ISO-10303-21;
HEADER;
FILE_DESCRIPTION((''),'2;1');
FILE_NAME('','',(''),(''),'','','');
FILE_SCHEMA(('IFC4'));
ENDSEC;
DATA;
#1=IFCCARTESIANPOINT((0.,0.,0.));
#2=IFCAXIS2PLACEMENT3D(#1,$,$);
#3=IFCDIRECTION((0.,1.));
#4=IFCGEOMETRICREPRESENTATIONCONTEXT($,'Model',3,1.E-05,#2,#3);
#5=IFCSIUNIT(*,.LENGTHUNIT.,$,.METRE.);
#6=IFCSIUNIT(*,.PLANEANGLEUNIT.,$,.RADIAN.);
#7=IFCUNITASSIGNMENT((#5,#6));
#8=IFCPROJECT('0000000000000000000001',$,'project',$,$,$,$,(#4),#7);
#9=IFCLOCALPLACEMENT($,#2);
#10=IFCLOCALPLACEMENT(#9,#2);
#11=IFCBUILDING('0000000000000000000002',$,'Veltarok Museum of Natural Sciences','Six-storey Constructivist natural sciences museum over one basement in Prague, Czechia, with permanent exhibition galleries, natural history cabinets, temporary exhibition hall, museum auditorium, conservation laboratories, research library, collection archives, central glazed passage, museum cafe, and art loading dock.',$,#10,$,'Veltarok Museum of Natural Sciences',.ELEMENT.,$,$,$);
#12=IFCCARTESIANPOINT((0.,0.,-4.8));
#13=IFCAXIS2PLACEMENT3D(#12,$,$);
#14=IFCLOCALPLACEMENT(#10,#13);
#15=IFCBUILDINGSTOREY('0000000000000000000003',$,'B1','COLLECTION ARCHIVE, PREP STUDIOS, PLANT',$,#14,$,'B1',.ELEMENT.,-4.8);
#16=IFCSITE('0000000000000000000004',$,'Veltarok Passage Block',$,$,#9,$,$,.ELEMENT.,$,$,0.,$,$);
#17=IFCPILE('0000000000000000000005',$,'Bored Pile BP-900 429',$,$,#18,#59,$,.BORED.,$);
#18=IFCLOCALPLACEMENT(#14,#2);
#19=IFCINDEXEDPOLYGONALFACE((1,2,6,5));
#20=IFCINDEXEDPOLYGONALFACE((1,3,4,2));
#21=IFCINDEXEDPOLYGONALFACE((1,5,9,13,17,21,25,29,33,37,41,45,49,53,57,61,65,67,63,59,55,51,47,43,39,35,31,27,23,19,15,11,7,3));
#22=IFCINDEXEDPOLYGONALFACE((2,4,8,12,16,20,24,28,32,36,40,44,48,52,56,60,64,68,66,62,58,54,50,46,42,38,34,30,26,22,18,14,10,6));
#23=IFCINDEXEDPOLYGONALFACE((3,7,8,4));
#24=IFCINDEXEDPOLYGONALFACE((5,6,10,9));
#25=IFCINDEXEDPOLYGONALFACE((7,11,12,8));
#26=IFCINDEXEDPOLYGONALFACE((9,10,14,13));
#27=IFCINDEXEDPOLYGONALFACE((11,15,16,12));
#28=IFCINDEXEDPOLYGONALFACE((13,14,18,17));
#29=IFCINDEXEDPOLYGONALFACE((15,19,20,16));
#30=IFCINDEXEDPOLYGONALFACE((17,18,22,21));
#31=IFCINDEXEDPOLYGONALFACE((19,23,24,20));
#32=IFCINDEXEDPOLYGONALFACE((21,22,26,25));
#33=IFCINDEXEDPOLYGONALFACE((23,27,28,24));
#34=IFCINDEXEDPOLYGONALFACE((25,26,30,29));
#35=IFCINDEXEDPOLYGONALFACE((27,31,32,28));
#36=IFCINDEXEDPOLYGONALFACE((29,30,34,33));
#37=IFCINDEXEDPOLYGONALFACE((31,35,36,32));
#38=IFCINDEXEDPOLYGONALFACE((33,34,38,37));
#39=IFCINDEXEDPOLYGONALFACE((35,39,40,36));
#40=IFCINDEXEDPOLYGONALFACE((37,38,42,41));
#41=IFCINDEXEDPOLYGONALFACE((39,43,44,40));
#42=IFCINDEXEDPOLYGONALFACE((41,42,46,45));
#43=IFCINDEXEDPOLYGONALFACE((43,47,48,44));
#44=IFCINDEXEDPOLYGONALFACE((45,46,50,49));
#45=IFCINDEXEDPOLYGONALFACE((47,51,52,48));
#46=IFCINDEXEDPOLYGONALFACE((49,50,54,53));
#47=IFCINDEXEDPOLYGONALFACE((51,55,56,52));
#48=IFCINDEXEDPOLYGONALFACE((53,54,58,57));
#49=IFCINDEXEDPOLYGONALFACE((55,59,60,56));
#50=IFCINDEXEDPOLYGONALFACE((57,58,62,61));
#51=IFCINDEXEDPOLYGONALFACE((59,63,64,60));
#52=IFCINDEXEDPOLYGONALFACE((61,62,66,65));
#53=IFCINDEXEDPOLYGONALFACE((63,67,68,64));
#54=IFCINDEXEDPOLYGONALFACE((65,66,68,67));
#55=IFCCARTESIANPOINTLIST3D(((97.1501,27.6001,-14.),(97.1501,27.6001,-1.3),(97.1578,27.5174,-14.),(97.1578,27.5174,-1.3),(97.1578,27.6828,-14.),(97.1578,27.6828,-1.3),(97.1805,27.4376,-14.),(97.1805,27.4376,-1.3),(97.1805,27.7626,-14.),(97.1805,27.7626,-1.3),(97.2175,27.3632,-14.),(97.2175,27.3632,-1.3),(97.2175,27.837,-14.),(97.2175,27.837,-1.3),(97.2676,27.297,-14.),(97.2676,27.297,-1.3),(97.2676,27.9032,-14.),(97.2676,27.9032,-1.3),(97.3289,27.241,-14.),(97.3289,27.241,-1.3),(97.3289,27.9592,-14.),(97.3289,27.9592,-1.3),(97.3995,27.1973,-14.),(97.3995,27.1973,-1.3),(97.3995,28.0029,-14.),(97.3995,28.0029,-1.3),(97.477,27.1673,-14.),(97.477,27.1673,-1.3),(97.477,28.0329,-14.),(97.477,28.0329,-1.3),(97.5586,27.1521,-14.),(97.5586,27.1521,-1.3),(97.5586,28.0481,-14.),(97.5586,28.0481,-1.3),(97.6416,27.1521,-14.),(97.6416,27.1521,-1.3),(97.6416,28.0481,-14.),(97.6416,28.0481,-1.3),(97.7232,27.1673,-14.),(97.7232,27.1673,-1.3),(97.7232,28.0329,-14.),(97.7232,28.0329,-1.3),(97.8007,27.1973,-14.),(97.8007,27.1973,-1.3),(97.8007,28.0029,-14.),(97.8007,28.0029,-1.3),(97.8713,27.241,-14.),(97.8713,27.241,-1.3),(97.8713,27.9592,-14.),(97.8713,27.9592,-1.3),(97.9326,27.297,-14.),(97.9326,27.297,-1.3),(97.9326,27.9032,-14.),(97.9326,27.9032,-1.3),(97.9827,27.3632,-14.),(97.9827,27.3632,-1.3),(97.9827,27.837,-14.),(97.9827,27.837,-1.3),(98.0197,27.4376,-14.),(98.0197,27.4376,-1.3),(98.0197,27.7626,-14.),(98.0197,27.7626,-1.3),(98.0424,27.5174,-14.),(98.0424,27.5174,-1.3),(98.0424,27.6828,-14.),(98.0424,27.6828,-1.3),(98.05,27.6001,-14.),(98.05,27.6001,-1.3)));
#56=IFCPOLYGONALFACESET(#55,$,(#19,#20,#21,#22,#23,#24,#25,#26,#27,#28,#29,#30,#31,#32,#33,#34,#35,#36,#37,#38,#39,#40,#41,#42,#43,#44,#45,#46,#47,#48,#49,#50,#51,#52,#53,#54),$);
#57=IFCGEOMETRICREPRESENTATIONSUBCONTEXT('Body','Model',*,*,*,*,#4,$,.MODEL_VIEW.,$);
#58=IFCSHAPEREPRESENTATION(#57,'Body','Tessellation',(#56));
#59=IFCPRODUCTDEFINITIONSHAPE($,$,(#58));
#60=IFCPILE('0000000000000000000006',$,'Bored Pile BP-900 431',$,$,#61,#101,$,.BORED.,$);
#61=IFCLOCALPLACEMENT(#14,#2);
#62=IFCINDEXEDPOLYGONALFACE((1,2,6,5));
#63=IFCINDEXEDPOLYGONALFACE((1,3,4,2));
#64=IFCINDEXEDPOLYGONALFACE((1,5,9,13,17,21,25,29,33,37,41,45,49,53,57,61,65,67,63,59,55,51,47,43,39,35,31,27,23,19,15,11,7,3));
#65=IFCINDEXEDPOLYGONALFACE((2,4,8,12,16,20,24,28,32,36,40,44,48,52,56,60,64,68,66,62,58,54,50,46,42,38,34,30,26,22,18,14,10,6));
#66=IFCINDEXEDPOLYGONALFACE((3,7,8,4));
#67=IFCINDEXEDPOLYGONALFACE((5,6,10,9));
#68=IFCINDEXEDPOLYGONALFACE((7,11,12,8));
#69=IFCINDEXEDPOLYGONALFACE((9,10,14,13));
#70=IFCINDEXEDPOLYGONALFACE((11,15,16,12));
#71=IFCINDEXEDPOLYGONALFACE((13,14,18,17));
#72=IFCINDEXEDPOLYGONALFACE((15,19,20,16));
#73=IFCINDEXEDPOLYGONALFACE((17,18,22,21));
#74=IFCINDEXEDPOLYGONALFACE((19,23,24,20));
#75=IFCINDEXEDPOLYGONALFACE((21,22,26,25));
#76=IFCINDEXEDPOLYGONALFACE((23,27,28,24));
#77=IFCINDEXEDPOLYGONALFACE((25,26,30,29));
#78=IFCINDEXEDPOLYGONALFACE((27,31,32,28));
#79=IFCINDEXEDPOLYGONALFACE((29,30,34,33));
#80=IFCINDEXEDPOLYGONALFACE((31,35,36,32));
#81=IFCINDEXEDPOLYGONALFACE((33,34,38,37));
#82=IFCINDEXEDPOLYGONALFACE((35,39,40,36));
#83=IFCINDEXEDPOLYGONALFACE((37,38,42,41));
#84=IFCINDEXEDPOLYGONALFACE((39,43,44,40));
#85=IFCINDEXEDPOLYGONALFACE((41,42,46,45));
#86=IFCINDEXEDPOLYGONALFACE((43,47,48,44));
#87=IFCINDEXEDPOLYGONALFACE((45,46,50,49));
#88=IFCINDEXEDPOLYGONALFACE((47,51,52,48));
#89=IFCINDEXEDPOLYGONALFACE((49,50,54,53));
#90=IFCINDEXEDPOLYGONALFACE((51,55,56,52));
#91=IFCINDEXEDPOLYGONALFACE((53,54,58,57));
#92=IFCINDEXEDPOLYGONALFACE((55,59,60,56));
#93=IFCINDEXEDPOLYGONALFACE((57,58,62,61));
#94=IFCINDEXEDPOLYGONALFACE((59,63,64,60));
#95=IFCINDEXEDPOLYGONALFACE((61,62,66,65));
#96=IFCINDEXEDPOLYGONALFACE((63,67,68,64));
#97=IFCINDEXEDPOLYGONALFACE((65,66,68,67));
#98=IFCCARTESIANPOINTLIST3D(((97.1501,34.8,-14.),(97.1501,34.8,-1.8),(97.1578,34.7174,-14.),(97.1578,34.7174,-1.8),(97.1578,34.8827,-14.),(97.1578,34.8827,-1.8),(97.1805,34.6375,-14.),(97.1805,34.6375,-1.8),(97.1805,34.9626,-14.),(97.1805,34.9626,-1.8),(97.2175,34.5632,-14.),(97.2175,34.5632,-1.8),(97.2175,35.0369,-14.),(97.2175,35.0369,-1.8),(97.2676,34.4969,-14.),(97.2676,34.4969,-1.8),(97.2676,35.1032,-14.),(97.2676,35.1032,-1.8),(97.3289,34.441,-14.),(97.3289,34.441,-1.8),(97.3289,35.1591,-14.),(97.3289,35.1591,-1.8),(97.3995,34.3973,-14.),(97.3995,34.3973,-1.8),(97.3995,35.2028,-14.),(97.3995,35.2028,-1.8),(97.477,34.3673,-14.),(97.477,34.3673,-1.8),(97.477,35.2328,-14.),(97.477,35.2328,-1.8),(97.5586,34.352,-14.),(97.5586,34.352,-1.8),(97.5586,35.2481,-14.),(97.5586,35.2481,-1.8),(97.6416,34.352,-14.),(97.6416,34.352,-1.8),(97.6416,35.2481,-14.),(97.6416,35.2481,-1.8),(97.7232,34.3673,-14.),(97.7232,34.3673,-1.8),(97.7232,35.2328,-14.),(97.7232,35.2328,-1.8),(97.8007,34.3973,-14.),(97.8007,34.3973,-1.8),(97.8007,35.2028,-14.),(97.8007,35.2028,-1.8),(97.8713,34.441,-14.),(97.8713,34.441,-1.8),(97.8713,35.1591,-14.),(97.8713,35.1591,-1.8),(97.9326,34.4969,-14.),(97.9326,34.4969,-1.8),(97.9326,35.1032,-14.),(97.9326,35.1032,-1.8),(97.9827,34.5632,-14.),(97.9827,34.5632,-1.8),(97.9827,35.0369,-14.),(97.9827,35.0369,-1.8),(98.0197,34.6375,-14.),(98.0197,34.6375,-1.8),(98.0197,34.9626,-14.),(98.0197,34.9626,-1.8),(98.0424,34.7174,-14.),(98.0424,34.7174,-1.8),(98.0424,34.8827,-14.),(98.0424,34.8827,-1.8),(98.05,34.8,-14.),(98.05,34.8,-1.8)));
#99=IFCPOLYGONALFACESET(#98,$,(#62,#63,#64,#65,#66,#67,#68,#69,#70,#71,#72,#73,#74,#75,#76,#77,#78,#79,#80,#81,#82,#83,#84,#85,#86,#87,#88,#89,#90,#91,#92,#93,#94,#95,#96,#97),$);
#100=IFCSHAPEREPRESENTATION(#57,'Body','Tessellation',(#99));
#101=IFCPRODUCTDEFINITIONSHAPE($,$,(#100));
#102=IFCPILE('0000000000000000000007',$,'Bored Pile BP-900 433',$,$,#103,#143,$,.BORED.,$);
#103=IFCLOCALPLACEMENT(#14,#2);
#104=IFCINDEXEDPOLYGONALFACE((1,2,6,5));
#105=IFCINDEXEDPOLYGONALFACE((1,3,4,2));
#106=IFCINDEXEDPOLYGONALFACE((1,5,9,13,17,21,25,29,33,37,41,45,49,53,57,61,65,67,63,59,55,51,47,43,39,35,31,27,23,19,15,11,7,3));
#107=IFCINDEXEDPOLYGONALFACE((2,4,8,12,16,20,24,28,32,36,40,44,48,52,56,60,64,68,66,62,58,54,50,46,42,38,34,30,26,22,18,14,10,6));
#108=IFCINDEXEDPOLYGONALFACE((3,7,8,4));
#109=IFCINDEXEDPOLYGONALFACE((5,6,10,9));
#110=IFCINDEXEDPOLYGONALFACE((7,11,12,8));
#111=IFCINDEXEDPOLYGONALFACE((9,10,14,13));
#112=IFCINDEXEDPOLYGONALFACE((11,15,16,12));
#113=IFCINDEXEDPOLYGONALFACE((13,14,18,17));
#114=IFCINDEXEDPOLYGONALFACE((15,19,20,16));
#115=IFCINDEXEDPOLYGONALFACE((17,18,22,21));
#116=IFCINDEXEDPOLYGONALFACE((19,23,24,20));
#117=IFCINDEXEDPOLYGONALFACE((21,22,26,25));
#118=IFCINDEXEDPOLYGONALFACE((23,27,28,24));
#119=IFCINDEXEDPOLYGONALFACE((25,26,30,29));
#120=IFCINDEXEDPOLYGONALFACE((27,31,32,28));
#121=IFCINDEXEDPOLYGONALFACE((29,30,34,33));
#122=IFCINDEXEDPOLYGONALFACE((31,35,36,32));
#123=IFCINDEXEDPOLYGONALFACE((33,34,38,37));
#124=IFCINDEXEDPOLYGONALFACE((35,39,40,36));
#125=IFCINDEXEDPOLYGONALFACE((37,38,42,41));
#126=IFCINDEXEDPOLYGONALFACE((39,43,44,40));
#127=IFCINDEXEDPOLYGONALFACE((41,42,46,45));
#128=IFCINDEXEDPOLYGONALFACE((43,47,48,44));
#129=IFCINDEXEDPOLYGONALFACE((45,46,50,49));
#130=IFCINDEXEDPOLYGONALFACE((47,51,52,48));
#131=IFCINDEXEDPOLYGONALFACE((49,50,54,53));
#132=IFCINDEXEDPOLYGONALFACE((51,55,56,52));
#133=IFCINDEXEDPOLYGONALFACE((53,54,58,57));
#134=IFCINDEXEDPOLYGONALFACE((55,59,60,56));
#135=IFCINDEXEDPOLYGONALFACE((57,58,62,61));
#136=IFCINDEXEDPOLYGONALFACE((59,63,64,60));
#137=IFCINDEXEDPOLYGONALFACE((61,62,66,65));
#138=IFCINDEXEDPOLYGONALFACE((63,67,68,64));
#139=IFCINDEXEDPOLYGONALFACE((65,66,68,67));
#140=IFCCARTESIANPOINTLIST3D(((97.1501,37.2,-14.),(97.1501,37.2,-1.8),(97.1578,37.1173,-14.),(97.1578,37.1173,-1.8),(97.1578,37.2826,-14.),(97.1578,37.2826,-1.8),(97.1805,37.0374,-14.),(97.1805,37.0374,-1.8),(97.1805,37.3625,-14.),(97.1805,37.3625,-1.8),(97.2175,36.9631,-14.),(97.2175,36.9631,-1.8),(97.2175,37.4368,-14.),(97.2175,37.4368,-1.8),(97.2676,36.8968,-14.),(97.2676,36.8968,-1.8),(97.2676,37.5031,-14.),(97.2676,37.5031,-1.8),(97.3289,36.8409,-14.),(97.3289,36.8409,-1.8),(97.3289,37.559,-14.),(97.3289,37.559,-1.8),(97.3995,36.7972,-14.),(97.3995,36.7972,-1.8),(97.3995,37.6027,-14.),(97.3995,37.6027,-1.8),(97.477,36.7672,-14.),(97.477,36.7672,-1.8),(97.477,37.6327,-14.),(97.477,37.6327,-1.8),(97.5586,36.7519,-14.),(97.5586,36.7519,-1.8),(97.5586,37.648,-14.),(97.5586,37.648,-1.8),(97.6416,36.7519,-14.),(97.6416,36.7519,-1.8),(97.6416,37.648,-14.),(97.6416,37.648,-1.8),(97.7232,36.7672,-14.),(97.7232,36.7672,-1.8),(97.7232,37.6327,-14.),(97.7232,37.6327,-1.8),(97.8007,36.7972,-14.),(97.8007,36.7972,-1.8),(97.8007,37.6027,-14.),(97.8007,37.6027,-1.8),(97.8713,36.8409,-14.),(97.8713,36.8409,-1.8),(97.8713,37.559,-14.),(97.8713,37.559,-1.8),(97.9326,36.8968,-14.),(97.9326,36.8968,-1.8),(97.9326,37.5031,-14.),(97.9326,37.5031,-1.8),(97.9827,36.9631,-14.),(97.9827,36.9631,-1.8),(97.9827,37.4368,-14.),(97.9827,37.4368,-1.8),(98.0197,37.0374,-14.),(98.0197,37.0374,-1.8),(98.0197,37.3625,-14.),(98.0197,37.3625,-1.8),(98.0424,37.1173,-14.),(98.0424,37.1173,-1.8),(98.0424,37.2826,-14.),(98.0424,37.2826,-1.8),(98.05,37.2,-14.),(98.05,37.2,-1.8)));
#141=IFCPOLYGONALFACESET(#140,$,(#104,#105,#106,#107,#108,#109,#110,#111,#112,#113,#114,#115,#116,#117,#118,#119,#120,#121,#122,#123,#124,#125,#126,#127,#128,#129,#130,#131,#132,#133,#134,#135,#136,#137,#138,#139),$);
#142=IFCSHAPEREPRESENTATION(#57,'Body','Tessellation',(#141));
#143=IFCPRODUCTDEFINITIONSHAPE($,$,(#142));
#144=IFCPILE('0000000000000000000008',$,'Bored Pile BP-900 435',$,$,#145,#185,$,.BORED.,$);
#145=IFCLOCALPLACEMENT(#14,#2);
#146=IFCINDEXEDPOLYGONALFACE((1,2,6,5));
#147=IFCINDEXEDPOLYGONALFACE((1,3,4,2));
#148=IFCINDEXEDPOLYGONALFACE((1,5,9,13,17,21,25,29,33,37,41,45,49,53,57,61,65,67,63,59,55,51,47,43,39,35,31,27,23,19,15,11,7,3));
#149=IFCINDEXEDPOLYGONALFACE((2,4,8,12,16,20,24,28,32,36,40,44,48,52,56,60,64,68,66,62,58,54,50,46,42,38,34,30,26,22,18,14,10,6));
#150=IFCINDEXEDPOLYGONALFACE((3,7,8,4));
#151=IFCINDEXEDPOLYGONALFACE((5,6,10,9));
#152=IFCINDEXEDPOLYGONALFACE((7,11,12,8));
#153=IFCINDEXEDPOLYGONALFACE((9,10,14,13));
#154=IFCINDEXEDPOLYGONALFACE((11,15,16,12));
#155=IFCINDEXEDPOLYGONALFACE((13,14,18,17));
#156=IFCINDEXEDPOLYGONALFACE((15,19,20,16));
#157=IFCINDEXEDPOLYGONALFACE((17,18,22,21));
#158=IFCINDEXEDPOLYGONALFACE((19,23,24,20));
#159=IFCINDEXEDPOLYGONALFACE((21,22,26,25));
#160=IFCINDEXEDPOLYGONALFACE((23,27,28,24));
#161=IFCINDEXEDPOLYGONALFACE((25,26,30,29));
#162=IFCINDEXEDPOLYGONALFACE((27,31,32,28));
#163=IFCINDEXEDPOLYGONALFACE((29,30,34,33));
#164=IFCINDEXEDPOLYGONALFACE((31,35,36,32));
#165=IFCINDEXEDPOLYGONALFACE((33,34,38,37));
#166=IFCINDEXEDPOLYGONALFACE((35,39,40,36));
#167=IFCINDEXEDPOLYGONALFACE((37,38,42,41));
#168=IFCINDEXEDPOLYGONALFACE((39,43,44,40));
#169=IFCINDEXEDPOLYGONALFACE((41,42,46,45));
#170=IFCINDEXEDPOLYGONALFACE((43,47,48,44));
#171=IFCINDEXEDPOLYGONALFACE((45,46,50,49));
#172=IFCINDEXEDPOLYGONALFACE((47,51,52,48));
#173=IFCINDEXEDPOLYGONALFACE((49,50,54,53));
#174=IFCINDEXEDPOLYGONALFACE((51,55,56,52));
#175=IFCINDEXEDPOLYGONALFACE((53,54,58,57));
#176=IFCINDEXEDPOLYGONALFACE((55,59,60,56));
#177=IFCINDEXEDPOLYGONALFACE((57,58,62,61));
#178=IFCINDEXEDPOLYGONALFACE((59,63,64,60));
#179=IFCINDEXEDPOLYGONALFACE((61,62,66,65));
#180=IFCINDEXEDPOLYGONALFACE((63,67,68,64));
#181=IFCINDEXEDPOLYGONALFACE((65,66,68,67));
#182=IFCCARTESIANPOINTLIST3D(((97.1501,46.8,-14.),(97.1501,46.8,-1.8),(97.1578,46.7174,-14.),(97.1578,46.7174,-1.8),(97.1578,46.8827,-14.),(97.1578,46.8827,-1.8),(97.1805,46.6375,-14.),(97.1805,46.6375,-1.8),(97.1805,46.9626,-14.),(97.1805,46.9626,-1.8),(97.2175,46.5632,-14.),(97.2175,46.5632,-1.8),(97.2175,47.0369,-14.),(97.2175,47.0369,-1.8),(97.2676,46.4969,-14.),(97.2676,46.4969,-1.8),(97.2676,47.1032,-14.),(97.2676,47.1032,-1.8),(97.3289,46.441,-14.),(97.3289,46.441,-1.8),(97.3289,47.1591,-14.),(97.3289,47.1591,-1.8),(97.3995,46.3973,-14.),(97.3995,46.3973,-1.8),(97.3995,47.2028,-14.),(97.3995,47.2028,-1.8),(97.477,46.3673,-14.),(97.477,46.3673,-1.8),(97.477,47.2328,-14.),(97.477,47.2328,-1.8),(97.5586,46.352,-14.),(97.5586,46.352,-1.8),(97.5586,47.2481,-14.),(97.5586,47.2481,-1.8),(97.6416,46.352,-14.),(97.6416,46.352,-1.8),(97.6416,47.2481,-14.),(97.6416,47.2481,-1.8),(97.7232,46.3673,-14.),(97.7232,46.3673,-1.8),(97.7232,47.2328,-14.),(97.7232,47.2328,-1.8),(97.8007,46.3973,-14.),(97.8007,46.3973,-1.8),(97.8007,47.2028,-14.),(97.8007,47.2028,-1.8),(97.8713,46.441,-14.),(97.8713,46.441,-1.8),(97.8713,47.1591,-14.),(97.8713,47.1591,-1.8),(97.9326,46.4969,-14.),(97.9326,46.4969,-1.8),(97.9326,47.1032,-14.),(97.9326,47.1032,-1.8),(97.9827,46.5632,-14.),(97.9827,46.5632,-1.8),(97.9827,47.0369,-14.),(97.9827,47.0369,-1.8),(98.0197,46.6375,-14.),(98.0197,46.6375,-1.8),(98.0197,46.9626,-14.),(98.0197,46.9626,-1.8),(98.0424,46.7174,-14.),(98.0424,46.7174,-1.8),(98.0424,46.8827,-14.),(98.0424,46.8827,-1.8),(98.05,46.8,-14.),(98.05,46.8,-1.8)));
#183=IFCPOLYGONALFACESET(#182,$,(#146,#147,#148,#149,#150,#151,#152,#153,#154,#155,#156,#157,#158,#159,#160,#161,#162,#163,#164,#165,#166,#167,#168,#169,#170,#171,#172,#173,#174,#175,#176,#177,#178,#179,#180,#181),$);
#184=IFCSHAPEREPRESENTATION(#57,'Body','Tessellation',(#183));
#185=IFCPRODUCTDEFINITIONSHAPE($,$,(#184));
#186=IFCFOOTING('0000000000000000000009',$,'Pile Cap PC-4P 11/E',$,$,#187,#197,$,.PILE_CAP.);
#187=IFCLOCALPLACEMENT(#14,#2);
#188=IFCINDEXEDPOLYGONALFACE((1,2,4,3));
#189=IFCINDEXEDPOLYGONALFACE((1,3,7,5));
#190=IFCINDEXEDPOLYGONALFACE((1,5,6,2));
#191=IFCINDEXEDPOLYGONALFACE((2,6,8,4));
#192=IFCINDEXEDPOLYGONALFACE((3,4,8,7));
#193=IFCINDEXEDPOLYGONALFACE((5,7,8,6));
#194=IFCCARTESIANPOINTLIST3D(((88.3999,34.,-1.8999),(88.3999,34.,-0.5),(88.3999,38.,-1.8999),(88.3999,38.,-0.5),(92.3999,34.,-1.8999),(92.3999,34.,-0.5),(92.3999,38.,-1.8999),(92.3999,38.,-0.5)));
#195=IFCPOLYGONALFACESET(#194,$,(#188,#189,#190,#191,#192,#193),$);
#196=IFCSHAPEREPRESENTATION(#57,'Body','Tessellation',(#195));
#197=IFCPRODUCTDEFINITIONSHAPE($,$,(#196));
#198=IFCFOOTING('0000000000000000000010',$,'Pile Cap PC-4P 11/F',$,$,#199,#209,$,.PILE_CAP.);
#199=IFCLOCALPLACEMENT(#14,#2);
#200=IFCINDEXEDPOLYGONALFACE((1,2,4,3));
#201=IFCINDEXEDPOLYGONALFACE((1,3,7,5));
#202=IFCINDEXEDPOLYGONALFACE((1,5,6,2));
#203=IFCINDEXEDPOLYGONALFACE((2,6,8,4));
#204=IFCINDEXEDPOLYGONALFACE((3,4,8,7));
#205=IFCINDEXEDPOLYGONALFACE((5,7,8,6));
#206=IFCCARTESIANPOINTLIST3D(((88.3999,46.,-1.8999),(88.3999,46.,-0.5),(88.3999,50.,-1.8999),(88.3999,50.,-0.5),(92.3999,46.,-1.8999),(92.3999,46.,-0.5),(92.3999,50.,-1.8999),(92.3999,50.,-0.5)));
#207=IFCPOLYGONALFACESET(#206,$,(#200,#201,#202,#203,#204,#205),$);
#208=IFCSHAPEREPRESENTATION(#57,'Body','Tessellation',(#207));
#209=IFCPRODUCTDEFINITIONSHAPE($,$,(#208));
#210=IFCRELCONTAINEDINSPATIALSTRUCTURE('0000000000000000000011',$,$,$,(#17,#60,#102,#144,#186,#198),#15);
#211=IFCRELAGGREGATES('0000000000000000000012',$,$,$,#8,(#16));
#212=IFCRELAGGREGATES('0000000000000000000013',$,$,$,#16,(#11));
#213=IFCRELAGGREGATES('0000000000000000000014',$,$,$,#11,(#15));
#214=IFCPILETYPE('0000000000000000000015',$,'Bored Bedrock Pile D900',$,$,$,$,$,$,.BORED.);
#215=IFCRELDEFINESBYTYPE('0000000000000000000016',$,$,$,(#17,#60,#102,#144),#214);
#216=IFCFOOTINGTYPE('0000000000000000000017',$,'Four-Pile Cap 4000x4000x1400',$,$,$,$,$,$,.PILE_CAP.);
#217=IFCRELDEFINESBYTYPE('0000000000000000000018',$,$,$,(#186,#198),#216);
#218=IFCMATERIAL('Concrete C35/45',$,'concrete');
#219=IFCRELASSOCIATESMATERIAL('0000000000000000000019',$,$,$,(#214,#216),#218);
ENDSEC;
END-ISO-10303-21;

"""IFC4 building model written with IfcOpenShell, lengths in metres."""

from ifc_helpers import new_model, si_unit, direction, frame, origin, origin_2d, place, context, subcontext, project, spatial, rectangle, circle, extrude, material, material_profile, profile_set, type_object, element, save


model = new_model("IFC4")

# Units and contexts
model_context = context("Model", 3, precision=1e-05, world=origin(), true_north=direction((0.0, 1.0)))
body_context = subcontext(model_context, "Body", "Model", "MODEL_VIEW")
ifc_project = project(units=[si_unit("LENGTHUNIT", "METRE"), si_unit("PLANEANGLEUNIT", "RADIAN")], contexts=[model_context])

# Site, building, storey
site_placement = place(None, origin())
site = spatial("IfcSite", under=ifc_project, at=site_placement, Name="Veltarok Passage Block", CompositionType="ELEMENT", RefElevation=0.0)
building_placement = place(site_placement, origin())
building = spatial("IfcBuilding", under=site, at=building_placement, Name="Veltarok Museum of Natural Sciences", Description="Six-storey Constructivist natural sciences museum over one basement in Prague, Czechia, with permanent exhibition galleries, natural history cabinets, temporary exhibition hall, museum auditorium, conservation laboratories, research library, collection archives, central glazed passage, museum cafe, and art loading dock.", LongName="Veltarok Museum of Natural Sciences", CompositionType="ELEMENT")
storey_placement = place(building_placement, frame((0.0, 0.0, -4.8)))
storey = spatial("IfcBuildingStorey", under=building, at=storey_placement, Name="B1", Description="COLLECTION ARCHIVE, PREP STUDIOS, PLANT", LongName="B1", CompositionType="ELEMENT", Elevation=-4.8)

# Piles
ifc_material_1 = material(Name="Concrete C35/45", Category="concrete")
ifc_material_profile_1 = material_profile(ifc_material_1, circle(Radius=0.45, at=origin_2d()), Name="BP D900")
ifc_profile_set_1 = profile_set([ifc_material_profile_1], Name="Concrete C35/45")
pile_type = type_object("IfcPileType", Name="Bored Bedrock Pile D900", PredefinedType="BORED", material=ifc_profile_set_1)
pile_placement = place(storey_placement, frame((97.6001, 27.6001, -1.3), z_axis=(0.0, 0.0, -1.0), x_axis=(1.0, 0.0, 0.0)))
element("IfcPile", 1, at=pile_placement, inside=storey, type_object=pile_type, Name="Bored Pile BP-900 429", PredefinedType="BORED", context=body_context, shape_type="SweptSolid", body=[
    extrude(circle(Radius=0.45, at=origin_2d()), origin(), (0.0, 0.0, 1.0), 12.7),
])
for number, where, z_axis, x_axis, name in (
    (2, (97.6001, 34.8, -1.8), (0.0, 0.0, -1.0), (1.0, 0.0, 0.0), "Bored Pile BP-900 431"),
    (3, (97.6001, 37.2, -1.8), (0.0, 0.0, -1.0), (1.0, 0.0, 0.0), "Bored Pile BP-900 433"),
    (4, (97.6001, 46.8, -1.8), (0.0, 0.0, -1.0), (1.0, 0.0, 0.0), "Bored Pile BP-900 435"),
):
    element("IfcPile", number, at=place(storey_placement, frame(where, z_axis=z_axis, x_axis=x_axis)), inside=storey, type_object=pile_type, Name=name, PredefinedType="BORED", context=body_context, shape_type="SweptSolid", body=[
        extrude(circle(Radius=0.45, at=origin_2d()), origin(), (0.0, 0.0, 1.0), 12.2),
    ])

# Footings
footing_type_1 = type_object("IfcFootingType", Name="Four-Pile Cap 4000x4000x1400", PredefinedType="PILE_CAP", material=ifc_material_1)
for number, where, z_axis, x_axis, name in (
    (5, (90.3999, 36.0, -1.8999), (0.0, 0.0, 1.0), (1.0, 0.0, 0.0), "Pile Cap PC-4P 11/E"),
    (6, (90.3999, 48.0, -1.8999), (0.0, 0.0, 1.0), (1.0, 0.0, 0.0), "Pile Cap PC-4P 11/F"),
):
    element("IfcFooting", number, at=place(storey_placement, frame(where, z_axis=z_axis, x_axis=x_axis)), inside=storey, type_object=footing_type_1, Name=name, PredefinedType="PILE_CAP", context=body_context, shape_type="SweptSolid", body=[
        extrude(rectangle(XDim=4.0, YDim=4.0, at=origin_2d()), origin(), (0.0, 0.0, 1.0), 1.3999),
    ])

save(model, "model.ifc")
